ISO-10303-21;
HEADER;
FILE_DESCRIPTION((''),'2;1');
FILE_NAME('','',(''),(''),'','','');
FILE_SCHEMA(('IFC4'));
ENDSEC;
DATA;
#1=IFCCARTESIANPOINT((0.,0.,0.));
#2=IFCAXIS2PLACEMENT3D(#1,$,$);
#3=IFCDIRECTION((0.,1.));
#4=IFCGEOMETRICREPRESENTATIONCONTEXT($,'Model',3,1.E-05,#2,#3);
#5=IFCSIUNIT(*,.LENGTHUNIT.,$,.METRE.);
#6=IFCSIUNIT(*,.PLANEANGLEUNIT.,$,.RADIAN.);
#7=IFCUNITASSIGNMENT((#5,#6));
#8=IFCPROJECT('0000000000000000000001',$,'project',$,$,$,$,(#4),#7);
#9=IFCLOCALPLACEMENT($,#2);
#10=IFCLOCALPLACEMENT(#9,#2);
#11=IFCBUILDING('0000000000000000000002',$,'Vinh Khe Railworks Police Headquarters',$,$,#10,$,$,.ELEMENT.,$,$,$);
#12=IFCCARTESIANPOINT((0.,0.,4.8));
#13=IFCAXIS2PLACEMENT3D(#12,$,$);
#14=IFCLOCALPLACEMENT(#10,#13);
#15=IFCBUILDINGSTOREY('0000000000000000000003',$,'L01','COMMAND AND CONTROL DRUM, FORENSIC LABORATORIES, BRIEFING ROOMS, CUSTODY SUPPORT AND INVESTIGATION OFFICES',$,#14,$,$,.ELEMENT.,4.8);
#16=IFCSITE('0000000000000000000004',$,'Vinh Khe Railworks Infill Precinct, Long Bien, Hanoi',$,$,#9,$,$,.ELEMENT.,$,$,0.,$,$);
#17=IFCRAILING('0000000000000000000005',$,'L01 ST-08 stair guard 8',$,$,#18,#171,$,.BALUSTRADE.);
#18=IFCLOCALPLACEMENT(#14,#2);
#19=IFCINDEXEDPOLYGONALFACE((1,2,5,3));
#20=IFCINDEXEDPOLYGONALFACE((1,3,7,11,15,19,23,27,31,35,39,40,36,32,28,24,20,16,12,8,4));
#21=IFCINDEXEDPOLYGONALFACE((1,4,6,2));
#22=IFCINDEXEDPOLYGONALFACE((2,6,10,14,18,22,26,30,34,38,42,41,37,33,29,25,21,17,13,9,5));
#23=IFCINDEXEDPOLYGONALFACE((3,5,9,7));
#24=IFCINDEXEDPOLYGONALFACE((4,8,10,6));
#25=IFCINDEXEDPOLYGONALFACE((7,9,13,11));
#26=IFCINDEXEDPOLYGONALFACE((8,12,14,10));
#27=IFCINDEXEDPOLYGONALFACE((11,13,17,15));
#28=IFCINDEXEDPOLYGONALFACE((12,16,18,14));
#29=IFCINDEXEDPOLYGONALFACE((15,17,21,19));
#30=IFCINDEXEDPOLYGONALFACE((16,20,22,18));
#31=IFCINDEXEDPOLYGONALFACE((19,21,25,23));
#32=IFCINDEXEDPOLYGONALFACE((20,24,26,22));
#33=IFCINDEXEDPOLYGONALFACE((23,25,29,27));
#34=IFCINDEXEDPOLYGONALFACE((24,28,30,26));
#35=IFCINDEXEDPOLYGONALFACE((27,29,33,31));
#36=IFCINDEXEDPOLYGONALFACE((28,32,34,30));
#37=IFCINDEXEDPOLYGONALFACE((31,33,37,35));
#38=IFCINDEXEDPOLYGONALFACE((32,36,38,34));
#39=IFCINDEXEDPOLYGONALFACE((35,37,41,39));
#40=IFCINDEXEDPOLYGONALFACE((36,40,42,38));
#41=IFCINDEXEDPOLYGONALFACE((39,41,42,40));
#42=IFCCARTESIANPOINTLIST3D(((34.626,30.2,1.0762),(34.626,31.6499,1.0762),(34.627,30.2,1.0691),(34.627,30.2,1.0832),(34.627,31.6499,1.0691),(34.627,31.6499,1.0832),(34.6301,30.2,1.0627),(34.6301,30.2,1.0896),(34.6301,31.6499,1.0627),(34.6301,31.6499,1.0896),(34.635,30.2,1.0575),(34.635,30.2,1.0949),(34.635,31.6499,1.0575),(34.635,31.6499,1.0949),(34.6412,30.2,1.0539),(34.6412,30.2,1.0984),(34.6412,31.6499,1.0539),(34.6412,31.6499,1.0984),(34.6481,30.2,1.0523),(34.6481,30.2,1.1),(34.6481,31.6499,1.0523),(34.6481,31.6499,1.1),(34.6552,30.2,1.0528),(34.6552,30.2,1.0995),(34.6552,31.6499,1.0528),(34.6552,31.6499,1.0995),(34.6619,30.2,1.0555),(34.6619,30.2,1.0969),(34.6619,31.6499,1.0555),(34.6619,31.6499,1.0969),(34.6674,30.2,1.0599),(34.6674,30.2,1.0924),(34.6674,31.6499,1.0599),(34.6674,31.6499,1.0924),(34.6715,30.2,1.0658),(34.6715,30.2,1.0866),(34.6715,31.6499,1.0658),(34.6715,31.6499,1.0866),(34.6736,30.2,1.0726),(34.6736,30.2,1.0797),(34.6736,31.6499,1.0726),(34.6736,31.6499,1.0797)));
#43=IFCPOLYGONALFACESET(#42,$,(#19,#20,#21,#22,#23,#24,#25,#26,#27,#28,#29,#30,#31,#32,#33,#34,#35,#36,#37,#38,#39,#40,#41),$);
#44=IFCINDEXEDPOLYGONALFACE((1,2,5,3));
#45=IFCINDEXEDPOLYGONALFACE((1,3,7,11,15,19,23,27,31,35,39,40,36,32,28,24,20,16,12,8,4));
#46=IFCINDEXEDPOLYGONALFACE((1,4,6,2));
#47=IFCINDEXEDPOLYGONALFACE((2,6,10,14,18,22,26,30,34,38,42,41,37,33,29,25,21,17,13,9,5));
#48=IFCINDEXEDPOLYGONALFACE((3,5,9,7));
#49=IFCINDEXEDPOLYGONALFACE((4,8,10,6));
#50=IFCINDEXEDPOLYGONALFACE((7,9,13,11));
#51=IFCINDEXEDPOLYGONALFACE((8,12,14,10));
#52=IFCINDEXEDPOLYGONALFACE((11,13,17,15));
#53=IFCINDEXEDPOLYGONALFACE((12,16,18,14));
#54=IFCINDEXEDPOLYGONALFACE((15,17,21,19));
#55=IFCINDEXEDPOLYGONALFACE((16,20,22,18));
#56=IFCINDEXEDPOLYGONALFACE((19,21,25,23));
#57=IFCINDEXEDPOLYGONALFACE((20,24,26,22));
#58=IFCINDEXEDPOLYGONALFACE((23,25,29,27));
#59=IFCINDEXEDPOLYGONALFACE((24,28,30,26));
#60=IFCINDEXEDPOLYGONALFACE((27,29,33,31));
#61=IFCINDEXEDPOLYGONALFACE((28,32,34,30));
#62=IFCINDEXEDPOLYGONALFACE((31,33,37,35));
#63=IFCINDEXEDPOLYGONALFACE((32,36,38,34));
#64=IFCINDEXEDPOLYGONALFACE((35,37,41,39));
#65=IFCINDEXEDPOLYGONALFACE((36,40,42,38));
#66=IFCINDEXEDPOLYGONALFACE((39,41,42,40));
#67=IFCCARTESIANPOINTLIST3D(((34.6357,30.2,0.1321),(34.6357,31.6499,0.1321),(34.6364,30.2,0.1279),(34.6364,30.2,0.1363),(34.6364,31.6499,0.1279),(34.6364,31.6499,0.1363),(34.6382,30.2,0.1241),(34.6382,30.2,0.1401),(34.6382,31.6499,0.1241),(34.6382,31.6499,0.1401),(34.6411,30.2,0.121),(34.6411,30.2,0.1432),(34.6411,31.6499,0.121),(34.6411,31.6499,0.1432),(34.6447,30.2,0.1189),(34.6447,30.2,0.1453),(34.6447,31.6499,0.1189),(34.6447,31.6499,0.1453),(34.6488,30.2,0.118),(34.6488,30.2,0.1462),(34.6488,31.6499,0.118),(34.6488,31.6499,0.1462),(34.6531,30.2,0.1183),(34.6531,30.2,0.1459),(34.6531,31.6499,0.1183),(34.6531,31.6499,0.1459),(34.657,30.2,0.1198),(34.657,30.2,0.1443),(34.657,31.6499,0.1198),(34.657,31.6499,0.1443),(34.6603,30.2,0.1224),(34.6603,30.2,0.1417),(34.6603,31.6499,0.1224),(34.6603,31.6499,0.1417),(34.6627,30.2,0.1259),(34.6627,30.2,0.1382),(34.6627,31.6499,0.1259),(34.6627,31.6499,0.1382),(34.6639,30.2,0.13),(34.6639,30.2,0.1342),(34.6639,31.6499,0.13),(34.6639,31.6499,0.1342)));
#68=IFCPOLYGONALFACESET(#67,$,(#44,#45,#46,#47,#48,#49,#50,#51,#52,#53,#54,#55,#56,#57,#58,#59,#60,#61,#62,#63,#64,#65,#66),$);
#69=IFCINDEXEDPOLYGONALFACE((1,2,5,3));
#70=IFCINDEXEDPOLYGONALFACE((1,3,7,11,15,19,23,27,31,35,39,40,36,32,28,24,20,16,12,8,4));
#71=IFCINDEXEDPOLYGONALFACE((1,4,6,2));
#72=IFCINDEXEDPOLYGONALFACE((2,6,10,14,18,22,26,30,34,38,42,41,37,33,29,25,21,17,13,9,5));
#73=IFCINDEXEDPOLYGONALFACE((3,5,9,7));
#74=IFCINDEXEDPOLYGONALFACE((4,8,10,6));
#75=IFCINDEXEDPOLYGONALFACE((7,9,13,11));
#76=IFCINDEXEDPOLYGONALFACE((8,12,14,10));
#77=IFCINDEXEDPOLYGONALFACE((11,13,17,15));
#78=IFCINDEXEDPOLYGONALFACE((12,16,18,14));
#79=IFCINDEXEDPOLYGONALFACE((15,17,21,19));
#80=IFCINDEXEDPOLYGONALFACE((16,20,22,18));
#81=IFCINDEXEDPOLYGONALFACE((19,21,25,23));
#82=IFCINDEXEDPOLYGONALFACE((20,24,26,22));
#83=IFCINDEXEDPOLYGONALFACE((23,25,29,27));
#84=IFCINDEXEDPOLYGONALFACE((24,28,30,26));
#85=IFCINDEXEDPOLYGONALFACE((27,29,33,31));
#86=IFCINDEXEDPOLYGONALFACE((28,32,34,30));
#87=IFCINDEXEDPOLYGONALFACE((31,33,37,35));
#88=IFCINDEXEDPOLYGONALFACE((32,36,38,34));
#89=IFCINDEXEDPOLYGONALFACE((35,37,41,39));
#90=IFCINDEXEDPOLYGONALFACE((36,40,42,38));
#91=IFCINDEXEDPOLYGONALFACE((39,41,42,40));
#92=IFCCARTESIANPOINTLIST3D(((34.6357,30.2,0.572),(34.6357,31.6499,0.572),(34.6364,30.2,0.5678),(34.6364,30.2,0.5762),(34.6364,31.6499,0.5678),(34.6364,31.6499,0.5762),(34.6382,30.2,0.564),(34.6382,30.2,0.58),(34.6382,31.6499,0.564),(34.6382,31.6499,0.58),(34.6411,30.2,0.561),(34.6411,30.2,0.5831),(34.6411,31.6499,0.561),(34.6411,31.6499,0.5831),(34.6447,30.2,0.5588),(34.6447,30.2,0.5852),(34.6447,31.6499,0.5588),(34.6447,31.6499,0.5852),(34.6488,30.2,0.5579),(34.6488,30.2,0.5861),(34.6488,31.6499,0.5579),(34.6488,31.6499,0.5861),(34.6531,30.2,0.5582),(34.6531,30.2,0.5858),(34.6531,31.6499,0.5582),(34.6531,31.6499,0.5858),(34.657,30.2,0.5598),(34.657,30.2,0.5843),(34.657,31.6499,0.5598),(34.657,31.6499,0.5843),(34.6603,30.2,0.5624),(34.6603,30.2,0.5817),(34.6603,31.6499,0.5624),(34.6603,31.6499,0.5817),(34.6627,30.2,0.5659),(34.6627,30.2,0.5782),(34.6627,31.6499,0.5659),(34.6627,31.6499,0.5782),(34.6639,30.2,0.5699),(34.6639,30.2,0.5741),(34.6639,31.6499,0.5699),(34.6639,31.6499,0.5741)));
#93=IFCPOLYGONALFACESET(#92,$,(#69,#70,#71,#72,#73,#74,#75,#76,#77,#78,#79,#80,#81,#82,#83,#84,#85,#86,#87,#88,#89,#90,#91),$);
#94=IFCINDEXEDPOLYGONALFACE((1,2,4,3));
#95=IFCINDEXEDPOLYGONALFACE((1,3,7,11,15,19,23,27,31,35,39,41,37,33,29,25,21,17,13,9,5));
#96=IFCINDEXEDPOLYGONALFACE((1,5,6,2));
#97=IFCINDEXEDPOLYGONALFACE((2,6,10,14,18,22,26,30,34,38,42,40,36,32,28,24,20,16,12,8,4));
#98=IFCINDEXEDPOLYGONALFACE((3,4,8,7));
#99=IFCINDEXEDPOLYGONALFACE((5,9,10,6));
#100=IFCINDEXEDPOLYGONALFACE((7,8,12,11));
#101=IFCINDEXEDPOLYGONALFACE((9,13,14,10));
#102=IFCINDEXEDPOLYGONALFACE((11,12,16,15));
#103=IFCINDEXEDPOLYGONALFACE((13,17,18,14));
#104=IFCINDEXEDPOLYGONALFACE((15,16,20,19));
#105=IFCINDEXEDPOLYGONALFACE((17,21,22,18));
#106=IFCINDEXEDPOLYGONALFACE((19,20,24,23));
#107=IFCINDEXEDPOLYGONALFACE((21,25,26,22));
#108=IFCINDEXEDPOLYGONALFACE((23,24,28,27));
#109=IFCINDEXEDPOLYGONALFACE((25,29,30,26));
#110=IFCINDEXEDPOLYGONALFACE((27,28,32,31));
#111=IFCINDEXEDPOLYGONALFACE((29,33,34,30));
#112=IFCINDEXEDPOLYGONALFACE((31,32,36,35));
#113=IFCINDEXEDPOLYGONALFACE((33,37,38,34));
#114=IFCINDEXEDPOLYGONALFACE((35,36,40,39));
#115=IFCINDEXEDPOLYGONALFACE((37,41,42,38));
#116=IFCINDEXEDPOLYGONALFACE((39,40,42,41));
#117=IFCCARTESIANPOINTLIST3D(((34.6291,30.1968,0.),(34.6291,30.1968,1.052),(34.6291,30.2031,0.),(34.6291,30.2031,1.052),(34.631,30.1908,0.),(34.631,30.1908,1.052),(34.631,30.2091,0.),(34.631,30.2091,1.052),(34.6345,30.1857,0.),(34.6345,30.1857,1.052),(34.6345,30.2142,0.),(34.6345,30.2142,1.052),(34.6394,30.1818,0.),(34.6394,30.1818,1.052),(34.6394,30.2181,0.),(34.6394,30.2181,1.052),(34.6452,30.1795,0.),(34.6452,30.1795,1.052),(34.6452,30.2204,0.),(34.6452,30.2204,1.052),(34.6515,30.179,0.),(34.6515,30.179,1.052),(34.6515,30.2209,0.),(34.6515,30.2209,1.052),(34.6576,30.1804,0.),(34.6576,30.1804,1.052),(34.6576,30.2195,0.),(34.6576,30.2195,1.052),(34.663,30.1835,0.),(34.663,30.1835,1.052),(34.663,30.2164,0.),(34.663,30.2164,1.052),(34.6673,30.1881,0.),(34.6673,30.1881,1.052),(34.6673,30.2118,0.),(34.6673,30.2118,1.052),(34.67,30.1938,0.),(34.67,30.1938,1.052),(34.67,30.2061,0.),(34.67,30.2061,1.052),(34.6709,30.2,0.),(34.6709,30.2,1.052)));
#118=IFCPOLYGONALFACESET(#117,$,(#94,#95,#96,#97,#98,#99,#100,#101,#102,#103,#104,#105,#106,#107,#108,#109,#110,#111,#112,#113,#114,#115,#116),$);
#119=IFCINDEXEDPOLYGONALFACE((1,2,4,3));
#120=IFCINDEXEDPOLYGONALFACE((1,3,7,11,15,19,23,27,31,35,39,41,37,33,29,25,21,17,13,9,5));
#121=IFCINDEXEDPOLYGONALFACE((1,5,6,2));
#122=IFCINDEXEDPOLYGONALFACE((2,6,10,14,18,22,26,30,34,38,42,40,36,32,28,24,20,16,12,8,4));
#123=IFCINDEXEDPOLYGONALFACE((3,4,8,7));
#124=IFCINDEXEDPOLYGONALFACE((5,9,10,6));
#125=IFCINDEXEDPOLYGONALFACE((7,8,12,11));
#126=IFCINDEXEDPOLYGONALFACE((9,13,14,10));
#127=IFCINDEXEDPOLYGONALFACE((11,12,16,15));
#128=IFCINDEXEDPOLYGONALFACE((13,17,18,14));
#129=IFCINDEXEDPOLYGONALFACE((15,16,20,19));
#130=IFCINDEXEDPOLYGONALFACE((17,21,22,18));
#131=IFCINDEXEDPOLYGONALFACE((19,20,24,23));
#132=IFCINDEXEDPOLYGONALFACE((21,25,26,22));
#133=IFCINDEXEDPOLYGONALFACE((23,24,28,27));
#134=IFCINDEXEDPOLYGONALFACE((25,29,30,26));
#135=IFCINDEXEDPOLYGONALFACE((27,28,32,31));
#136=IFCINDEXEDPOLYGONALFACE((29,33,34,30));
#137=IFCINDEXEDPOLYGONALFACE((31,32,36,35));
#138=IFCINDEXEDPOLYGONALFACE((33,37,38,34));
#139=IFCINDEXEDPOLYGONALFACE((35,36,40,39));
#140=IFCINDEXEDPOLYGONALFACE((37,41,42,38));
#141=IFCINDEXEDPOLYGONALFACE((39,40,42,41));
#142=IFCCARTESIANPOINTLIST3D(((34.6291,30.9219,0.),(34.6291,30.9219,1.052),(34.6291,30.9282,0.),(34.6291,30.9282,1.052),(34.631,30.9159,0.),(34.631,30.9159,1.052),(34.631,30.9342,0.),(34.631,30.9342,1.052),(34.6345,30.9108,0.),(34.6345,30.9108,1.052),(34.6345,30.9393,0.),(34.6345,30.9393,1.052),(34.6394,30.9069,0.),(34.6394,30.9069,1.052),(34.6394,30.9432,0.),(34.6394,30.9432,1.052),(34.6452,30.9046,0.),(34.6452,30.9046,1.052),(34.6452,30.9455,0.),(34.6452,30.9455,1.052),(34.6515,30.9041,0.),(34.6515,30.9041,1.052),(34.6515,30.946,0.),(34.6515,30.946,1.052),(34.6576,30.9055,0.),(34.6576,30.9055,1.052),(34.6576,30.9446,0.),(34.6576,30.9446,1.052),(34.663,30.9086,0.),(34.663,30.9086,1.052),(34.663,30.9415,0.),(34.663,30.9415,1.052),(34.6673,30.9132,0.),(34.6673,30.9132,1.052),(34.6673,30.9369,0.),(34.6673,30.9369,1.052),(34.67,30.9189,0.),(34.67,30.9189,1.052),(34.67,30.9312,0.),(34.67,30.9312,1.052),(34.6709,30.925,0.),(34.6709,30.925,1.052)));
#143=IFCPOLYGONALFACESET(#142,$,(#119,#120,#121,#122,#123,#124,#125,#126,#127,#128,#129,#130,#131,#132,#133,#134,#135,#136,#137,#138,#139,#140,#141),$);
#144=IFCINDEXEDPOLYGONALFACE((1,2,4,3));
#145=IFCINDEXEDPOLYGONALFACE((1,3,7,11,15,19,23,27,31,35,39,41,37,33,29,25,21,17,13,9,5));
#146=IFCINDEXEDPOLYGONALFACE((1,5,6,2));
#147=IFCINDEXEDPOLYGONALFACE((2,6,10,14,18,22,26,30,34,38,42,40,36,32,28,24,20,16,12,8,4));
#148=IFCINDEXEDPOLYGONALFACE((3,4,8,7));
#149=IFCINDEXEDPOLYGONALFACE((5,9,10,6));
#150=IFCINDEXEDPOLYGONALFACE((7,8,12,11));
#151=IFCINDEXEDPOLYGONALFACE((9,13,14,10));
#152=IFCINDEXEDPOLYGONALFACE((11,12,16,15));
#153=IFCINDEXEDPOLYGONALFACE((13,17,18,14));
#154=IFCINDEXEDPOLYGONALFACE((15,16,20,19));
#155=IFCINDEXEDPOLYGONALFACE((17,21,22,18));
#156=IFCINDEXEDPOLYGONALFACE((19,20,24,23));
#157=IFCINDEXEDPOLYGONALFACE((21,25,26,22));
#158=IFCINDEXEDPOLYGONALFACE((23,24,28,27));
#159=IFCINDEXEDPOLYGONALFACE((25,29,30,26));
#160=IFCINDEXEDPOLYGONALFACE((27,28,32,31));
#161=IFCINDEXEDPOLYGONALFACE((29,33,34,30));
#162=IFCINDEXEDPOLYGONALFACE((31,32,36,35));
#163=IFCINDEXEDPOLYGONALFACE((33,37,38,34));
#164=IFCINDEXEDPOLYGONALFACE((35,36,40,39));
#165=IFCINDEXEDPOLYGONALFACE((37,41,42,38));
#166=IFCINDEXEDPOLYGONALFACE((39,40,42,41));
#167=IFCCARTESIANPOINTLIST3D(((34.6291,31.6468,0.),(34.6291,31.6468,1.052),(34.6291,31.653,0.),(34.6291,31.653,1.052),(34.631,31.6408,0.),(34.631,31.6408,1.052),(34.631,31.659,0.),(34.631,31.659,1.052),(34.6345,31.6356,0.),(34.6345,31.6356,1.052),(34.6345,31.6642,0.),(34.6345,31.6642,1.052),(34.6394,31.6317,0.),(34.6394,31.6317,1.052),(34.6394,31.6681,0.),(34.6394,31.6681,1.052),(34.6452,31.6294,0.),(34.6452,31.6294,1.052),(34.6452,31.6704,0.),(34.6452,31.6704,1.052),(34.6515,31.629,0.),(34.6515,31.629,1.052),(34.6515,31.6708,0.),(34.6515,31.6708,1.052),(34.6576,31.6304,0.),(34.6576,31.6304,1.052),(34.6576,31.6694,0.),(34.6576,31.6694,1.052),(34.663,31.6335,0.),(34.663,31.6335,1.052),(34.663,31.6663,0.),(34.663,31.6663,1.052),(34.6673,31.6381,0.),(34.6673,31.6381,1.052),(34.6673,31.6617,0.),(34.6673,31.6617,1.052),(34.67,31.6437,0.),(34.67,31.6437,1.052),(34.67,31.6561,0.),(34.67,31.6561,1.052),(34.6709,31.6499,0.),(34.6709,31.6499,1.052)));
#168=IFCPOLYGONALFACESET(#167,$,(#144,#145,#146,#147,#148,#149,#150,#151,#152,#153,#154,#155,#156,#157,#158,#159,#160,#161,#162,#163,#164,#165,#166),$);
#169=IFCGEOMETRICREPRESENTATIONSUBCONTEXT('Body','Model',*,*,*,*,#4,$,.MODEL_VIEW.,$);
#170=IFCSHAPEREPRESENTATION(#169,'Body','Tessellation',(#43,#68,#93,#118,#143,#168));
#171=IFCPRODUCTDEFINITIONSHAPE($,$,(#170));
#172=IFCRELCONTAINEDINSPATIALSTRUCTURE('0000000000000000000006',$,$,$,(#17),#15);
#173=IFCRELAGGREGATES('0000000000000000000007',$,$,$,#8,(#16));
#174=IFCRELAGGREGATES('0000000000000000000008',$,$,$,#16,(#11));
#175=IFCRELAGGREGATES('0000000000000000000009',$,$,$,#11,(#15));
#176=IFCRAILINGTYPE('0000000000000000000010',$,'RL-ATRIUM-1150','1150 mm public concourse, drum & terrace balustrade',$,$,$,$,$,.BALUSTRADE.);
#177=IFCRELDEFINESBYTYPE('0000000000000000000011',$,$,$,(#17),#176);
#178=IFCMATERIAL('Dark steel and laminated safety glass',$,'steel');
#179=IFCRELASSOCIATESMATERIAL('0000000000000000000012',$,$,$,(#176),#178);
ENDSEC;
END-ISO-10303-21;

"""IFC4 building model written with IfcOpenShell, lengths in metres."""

from ifc_helpers import new_model, si_unit, direction, frame, origin, origin_2d, place, context, subcontext, project, spatial, circle, extrude, material, type_object, element, save


model = new_model("IFC4")

# Units and contexts
model_context = context("Model", 3, precision=1e-05, world=origin(), true_north=direction((0.0, 1.0)))
body_context = subcontext(model_context, "Body", "Model", "MODEL_VIEW")
ifc_project = project(units=[si_unit("LENGTHUNIT", "METRE"), si_unit("PLANEANGLEUNIT", "RADIAN")], contexts=[model_context])

# Site, building, storey
site_placement = place(None, origin())
site = spatial("IfcSite", under=ifc_project, at=site_placement, Name="Vinh Khe Railworks Infill Precinct, Long Bien, Hanoi", CompositionType="ELEMENT", RefElevation=0.0)
building_placement = place(site_placement, origin())
building = spatial("IfcBuilding", under=site, at=building_placement, Name="Vinh Khe Railworks Police Headquarters", CompositionType="ELEMENT")
storey_placement = place(building_placement, frame((0.0, 0.0, 4.8)))
storey = spatial("IfcBuildingStorey", under=building, at=storey_placement, Name="L01", Description="COMMAND AND CONTROL DRUM, FORENSIC LABORATORIES, BRIEFING ROOMS, CUSTODY SUPPORT AND INVESTIGATION OFFICES", CompositionType="ELEMENT", Elevation=4.8)

# Railing
ifc_material_1 = material(Name="Dark steel and laminated safety glass", Category="steel")
railing_type_1 = type_object("IfcRailingType", Name="RL-ATRIUM-1150", Description="1150 mm public concourse, drum & terrace balustrade", PredefinedType="BALUSTRADE", material=ifc_material_1)
railing_1_placement = place(storey_placement, frame((34.6499, 30.2, 0.0)))
element("IfcRailing", 1, at=railing_1_placement, inside=storey, type_object=railing_type_1, Name="L01 ST-08 stair guard 8", PredefinedType="BALUSTRADE", context=body_context, shape_type="SweptSolid", body=[
    extrude(circle(Radius=0.0239, at=origin_2d()), frame((0.0, 0.0, 1.0762), z_axis=(0.0, 1.0, 0.0), x_axis=(-1.0, 0.0, 0.0)), (0.0, 0.0, 1.0), 1.45),
    extrude(circle(Radius=0.0142, at=origin_2d()), frame((0.0, 0.0, 0.1321), z_axis=(0.0, 1.0, 0.0), x_axis=(-1.0, 0.0, 0.0)), (0.0, 0.0, 1.0), 1.45),
    extrude(circle(Radius=0.0142, at=origin_2d()), frame((0.0, 0.0, 0.572), z_axis=(0.0, 1.0, 0.0), x_axis=(-1.0, 0.0, 0.0)), (0.0, 0.0, 1.0), 1.45),
    extrude(circle(Radius=0.021, at=origin_2d()), origin(), (0.0, 0.0, 1.0), 1.052),
    extrude(circle(Radius=0.021, at=origin_2d()), frame((0.0, 0.7251, 0.0)), (0.0, 0.0, 1.0), 1.052),
    extrude(circle(Radius=0.021, at=origin_2d()), frame((0.0, 1.45, 0.0)), (0.0, 0.0, 1.0), 1.052),
])

save(model, "model.ifc")
